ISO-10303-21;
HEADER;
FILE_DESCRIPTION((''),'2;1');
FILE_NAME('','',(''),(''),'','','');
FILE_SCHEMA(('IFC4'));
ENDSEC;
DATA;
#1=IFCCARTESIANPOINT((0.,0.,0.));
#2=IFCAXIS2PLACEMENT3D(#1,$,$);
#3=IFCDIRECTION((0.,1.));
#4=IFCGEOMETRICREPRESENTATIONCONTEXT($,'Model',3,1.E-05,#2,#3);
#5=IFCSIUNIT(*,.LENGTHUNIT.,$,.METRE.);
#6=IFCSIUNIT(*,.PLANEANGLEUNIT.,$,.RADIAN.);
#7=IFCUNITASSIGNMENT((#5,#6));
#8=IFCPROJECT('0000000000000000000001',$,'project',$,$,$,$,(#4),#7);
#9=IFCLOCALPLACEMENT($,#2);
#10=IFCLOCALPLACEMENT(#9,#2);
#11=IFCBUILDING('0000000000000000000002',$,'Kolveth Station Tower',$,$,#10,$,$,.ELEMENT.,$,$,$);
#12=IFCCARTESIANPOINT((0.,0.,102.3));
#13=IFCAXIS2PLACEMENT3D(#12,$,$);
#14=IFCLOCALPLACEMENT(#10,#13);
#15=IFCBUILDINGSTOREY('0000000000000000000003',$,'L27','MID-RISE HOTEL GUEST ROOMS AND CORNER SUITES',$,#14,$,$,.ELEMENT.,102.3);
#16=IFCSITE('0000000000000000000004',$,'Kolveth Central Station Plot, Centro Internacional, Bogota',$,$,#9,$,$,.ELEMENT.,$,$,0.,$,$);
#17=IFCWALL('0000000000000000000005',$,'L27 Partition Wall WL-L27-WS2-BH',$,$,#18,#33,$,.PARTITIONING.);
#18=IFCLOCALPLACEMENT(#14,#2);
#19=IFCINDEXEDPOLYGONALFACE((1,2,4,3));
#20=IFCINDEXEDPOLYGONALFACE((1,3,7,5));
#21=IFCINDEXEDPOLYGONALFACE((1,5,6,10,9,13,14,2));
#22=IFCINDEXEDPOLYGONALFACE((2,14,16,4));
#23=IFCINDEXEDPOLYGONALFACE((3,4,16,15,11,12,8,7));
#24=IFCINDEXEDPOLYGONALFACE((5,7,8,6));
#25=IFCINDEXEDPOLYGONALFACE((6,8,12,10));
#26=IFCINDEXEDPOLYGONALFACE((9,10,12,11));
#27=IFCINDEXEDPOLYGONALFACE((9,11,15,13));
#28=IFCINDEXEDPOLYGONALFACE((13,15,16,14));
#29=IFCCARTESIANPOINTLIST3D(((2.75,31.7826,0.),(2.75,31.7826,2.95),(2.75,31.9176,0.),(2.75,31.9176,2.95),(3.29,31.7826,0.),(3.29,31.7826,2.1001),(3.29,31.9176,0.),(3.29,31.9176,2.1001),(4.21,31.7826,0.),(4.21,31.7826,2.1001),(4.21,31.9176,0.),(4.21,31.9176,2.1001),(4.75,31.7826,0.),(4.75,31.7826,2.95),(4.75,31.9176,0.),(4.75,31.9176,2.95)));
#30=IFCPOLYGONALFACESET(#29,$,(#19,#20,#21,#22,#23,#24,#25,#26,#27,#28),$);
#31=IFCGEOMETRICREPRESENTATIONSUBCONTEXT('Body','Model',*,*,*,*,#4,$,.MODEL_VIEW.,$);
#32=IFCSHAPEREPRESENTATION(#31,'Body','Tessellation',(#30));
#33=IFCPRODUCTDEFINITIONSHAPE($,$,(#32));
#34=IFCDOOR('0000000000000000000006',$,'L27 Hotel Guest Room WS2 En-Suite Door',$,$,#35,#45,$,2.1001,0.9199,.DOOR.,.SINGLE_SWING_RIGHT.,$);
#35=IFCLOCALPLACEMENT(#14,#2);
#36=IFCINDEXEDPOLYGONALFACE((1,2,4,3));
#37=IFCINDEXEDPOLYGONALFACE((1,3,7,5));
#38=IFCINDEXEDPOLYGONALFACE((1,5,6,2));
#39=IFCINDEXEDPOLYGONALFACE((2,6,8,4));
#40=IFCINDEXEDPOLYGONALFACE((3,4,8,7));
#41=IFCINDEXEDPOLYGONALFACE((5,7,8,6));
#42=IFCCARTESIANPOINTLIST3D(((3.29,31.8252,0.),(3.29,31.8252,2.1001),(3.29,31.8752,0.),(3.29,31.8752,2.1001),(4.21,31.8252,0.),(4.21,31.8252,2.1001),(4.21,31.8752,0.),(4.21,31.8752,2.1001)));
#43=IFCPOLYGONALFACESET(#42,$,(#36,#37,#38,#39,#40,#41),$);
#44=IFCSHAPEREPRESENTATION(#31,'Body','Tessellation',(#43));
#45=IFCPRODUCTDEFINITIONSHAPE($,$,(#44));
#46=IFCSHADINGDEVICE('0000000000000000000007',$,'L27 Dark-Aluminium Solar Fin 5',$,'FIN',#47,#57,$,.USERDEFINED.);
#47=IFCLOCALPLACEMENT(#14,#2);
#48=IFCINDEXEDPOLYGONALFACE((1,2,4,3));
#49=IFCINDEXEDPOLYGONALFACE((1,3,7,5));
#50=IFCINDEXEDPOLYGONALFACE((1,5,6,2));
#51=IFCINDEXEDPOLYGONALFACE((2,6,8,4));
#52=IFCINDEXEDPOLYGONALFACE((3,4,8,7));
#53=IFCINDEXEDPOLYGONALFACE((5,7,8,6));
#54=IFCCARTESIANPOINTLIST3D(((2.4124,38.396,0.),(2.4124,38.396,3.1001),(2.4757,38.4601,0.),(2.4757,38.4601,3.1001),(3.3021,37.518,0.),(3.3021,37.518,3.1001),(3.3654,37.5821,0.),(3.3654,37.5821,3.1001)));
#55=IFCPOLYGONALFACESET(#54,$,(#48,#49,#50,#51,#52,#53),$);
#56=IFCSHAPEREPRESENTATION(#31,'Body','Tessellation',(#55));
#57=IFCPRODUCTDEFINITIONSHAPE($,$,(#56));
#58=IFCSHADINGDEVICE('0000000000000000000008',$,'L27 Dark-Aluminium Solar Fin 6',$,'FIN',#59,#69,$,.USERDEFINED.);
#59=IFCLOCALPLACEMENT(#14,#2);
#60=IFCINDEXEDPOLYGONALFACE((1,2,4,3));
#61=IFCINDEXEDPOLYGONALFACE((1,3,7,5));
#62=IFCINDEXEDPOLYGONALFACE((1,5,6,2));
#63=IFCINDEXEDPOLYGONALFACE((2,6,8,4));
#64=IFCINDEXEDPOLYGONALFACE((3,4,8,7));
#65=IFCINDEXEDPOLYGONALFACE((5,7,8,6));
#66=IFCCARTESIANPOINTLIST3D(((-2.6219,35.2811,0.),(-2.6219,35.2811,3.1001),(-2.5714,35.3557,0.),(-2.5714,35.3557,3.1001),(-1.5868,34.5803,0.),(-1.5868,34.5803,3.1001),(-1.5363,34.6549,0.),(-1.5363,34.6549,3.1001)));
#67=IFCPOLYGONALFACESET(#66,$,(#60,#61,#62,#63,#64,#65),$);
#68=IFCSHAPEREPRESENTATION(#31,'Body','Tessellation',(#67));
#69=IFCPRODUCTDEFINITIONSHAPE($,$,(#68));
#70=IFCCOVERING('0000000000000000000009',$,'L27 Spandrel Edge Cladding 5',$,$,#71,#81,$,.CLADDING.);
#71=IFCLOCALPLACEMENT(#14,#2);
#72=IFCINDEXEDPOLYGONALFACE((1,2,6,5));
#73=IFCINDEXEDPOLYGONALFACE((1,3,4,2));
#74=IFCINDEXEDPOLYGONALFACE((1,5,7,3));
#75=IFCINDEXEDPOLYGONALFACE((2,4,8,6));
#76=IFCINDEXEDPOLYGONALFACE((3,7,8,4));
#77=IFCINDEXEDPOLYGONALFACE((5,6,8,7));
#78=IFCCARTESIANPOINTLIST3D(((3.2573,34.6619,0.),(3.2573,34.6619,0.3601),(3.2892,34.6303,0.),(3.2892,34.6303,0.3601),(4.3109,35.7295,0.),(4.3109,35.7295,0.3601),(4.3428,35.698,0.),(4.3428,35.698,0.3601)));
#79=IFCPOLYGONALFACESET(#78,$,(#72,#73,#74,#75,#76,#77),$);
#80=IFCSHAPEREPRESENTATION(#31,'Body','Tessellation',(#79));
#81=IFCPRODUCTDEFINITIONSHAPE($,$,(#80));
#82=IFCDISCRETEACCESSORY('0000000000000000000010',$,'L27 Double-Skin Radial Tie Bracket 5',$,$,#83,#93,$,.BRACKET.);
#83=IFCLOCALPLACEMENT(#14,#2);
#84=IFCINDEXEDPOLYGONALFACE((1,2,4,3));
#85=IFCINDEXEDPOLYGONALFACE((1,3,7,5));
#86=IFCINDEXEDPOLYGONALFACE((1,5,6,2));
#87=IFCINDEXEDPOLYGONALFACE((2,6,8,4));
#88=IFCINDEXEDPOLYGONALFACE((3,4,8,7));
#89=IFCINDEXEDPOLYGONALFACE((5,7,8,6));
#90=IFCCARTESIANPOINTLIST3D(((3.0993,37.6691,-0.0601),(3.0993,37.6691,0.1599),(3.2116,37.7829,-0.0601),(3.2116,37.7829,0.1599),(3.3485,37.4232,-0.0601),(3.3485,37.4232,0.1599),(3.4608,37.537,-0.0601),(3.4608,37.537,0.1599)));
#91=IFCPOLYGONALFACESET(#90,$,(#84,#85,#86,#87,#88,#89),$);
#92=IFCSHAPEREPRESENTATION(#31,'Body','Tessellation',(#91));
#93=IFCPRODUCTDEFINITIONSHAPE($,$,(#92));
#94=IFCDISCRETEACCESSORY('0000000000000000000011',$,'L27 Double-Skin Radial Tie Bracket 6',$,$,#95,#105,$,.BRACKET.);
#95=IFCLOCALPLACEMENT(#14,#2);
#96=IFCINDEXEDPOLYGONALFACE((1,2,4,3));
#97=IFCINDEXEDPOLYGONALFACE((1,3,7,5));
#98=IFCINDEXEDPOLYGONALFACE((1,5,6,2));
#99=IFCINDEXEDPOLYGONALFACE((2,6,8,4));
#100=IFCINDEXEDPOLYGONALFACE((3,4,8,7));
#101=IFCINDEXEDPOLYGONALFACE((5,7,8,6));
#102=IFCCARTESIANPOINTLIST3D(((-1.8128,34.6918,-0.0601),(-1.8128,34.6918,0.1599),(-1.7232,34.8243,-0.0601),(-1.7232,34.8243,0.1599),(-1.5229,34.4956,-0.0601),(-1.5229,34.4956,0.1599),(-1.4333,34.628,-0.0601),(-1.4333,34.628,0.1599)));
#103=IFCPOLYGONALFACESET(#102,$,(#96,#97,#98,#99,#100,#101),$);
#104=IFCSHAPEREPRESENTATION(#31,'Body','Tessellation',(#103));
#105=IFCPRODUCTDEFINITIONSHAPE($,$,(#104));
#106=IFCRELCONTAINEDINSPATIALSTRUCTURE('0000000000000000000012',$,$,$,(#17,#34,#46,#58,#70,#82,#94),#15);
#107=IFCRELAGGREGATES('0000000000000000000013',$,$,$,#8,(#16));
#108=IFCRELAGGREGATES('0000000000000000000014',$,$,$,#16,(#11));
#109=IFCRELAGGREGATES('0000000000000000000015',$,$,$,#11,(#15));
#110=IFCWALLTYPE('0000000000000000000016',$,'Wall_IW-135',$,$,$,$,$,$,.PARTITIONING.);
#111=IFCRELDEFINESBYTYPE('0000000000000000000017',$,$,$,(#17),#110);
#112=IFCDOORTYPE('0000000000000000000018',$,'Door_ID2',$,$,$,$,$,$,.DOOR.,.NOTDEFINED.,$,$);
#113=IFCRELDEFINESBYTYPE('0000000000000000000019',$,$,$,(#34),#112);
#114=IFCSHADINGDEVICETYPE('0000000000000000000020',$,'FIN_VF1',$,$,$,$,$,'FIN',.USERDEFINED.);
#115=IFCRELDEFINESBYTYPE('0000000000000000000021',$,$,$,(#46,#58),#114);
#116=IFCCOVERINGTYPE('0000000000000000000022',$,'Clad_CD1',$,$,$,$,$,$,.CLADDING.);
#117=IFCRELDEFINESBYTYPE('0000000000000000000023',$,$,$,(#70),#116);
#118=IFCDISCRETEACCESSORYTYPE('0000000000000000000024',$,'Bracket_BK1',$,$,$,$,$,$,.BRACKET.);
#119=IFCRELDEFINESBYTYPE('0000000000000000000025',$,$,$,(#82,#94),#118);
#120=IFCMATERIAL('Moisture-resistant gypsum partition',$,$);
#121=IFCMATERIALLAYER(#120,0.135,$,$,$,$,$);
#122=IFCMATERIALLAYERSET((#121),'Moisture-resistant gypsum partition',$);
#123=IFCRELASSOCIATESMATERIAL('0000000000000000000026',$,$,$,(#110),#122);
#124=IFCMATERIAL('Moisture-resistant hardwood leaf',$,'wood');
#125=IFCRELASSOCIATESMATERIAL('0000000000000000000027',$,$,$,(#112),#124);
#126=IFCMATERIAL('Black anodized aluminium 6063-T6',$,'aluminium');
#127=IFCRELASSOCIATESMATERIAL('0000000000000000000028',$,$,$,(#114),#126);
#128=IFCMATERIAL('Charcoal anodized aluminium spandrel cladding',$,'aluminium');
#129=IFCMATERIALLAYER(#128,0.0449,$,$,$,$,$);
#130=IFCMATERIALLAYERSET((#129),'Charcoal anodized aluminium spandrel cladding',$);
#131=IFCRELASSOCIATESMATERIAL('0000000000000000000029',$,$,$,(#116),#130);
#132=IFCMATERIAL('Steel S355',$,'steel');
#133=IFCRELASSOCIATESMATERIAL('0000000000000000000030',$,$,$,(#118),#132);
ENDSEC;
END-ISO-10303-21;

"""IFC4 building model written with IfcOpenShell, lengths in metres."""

from ifc_helpers import new_model, si_unit, direction, frame, frame_2d, origin, origin_2d, place, context, subcontext, project, spatial, rectangle, extrude, source, transform, mapped, material, layer, layer_set, type_object, element, fill, save


model = new_model("IFC4")

# Units and contexts
model_context = context("Model", 3, precision=1e-05, world=origin(), true_north=direction((0.0, 1.0)))
body_context = subcontext(model_context, "Body", "Model", "MODEL_VIEW")
ifc_project = project(units=[si_unit("LENGTHUNIT", "METRE"), si_unit("PLANEANGLEUNIT", "RADIAN")], contexts=[model_context])

# Site, building, storey
site_placement = place(None, origin())
site = spatial("IfcSite", under=ifc_project, at=site_placement, Name="Kolveth Central Station Plot, Centro Internacional, Bogota", CompositionType="ELEMENT", RefElevation=0.0)
building_placement = place(site_placement, origin())
building = spatial("IfcBuilding", under=site, at=building_placement, Name="Kolveth Station Tower", CompositionType="ELEMENT")
storey_placement = place(building_placement, frame((0.0, 0.0, 102.3)))
storey = spatial("IfcBuildingStorey", under=building, at=storey_placement, Name="L27", Description="MID-RISE HOTEL GUEST ROOMS AND CORNER SUITES", CompositionType="ELEMENT", Elevation=102.3)

# Shared definitions
ifc_material_1 = material(Name="Black anodized aluminium 6063-T6", Category="aluminium")

# Wall, opening, door
ifc_material_2 = material(Name="Moisture-resistant gypsum partition")
ifc_layer_1 = layer(ifc_material_2, 0.135)
ifc_layer_set_1 = layer_set([ifc_layer_1], Name="Moisture-resistant gypsum partition")
wall_type = type_object("IfcWallType", Name="Wall_IW-135", PredefinedType="PARTITIONING", material=ifc_layer_set_1)
wall_placement = place(storey_placement, frame((2.75, 31.8501, 0.0), z_axis=(0.0, 0.0, 1.0), x_axis=(1.0, 0.0, 0.0)))
wall = element("IfcWall", 1, at=wall_placement, inside=storey, type_object=wall_type, Name="L27 Partition Wall WL-L27-WS2-BH", PredefinedType="PARTITIONING", context=body_context, shape_type="SweptSolid", body=[
    extrude(rectangle(XDim=2.0, YDim=0.135, at=frame_2d((1.0, 0.0))), origin(), (0.0, 0.0, 1.0), 2.95),
])
opening_placement = place(wall_placement, frame((0.54, 0.0, 0.0)))
opening = element("IfcOpeningElement", 2, at=opening_placement, cuts=wall, PredefinedType="OPENING", context=body_context, shape_type="SweptSolid", body=[
    extrude(rectangle(XDim=0.9199, YDim=2.1001, at=frame_2d((0.46, 1.05))), frame((0.0, 0.0774, 0.0), z_axis=(0.0, -1.0, 0.0), x_axis=(1.0, 0.0, 0.0)), (0.0, 0.0, 1.0), 0.155),
])
ifc_material_3 = material(Name="Moisture-resistant hardwood leaf", Category="wood")
door_type = type_object("IfcDoorType", Name="Door_ID2", OperationType="NOTDEFINED", PredefinedType="DOOR", material=ifc_material_3)
door_placement = place(opening_placement, frame((0.9199, 0.0, 0.0), z_axis=(0.0, 0.0, 1.0), x_axis=(-1.0, 0.0, 0.0)))
door = element("IfcDoor", 3, at=door_placement, inside=storey, type_object=door_type, Name="L27 Hotel Guest Room WS2 En-Suite Door", OperationType="SINGLE_SWING_RIGHT", OverallHeight=2.1001, OverallWidth=0.9199, PredefinedType="DOOR", context=body_context, shape_type="SweptSolid", body=[
    extrude(rectangle(XDim=0.9199, YDim=2.1001, at=frame_2d((0.46, 1.05))), frame((0.0, 0.0249, 0.0), z_axis=(0.0, -1.0, 0.0), x_axis=(1.0, 0.0, 0.0)), (0.0, 0.0, 1.0), 0.05),
])
fill(opening, door)

# Shading devices
shading_device_type = type_object("IfcShadingDeviceType", Name="FIN_VF1", ElementType="FIN", PredefinedType="USERDEFINED", material=ifc_material_1)
shared_shape_1 = source(origin(), body_context, "Body", "SweptSolid", [
    extrude(rectangle(XDim=1.25, YDim=0.0901, at=origin_2d()), origin(), (0.0, 0.0, 1.0), 3.1001),
])
for number, where, z_axis, x_axis, name in (
    (4, (2.8889, 37.989, 0.0), (0.0, 0.0, 1.0), (-0.711781, 0.702402, 0.0), "L27 Dark-Aluminium Solar Fin 5"),
    (5, (-2.0791, 34.968, 0.0), (0.0, 0.0, 1.0), (-0.82806, 0.560639, 0.0), "L27 Dark-Aluminium Solar Fin 6"),
):
    element("IfcShadingDevice", number, at=place(storey_placement, frame(where, z_axis=z_axis, x_axis=x_axis)), inside=storey, type_object=shading_device_type, Name=name, ObjectType="FIN", PredefinedType="USERDEFINED", context=body_context, shape_type="MappedRepresentation", body=[
        mapped(shared_shape_1, transform((0.0, 0.0, 0.0), x_axis=(1.0, 0.0, 0.0), y_axis=(0.0, 1.0, 0.0), z_axis=(0.0, 0.0, 1.0), scale=1.0)),
    ])

# Covering
ifc_material_4 = material(Name="Charcoal anodized aluminium spandrel cladding", Category="aluminium")
ifc_layer_2 = layer(ifc_material_4, 0.0449)
ifc_layer_set_2 = layer_set([ifc_layer_2], Name="Charcoal anodized aluminium spandrel cladding")
covering_type = type_object("IfcCoveringType", Name="Clad_CD1", PredefinedType="CLADDING", material=ifc_layer_set_2)
shared_shape_2 = source(origin(), body_context, "Body", "SweptSolid", [
    extrude(rectangle(XDim=1.5, YDim=0.0449, at=origin_2d()), origin(), (0.0, 0.0, 1.0), 0.3601),
])
covering_placement = place(storey_placement, frame((3.8, 35.1799, 0.0), z_axis=(0.0, 0.0, 1.0), x_axis=(-0.702402, -0.711781, 0.0)))
element("IfcCovering", 6, at=covering_placement, inside=storey, type_object=covering_type, Name="L27 Spandrel Edge Cladding 5", PredefinedType="CLADDING", context=body_context, shape_type="MappedRepresentation", body=[
    mapped(shared_shape_2, transform((0.0, 0.0, 0.0), x_axis=(1.0, 0.0, 0.0), y_axis=(0.0, 1.0, 0.0), z_axis=(0.0, 0.0, 1.0), scale=1.0)),
])

# Discrete accessories
ifc_material_5 = material(Name="Steel S355", Category="steel")
discrete_accessory_type = type_object("IfcDiscreteAccessoryType", Name="Bracket_BK1", PredefinedType="BRACKET", material=ifc_material_5)
shared_shape_3 = source(origin(), body_context, "Body", "SweptSolid", [
    extrude(rectangle(XDim=0.3501, YDim=0.1599, at=origin_2d()), origin(), (0.0, 0.0, 1.0), 0.22),
])
for number, where, z_axis, x_axis, name in (
    (7, (3.28, 37.603, -0.0601), (0.0, 0.0, 1.0), (-0.711781, 0.702402, 0.0), "L27 Double-Skin Radial Tie Bracket 5"),
    (8, (-1.623, 34.6599, -0.0601), (0.0, 0.0, 1.0), (-0.82806, 0.560639, 0.0), "L27 Double-Skin Radial Tie Bracket 6"),
):
    element("IfcDiscreteAccessory", number, at=place(storey_placement, frame(where, z_axis=z_axis, x_axis=x_axis)), inside=storey, type_object=discrete_accessory_type, Name=name, PredefinedType="BRACKET", context=body_context, shape_type="MappedRepresentation", body=[
        mapped(shared_shape_3, transform((0.0, 0.0, 0.0), x_axis=(1.0, 0.0, 0.0), y_axis=(0.0, 1.0, 0.0), z_axis=(0.0, 0.0, 1.0), scale=1.0)),
    ])

save(model, "model.ifc")
